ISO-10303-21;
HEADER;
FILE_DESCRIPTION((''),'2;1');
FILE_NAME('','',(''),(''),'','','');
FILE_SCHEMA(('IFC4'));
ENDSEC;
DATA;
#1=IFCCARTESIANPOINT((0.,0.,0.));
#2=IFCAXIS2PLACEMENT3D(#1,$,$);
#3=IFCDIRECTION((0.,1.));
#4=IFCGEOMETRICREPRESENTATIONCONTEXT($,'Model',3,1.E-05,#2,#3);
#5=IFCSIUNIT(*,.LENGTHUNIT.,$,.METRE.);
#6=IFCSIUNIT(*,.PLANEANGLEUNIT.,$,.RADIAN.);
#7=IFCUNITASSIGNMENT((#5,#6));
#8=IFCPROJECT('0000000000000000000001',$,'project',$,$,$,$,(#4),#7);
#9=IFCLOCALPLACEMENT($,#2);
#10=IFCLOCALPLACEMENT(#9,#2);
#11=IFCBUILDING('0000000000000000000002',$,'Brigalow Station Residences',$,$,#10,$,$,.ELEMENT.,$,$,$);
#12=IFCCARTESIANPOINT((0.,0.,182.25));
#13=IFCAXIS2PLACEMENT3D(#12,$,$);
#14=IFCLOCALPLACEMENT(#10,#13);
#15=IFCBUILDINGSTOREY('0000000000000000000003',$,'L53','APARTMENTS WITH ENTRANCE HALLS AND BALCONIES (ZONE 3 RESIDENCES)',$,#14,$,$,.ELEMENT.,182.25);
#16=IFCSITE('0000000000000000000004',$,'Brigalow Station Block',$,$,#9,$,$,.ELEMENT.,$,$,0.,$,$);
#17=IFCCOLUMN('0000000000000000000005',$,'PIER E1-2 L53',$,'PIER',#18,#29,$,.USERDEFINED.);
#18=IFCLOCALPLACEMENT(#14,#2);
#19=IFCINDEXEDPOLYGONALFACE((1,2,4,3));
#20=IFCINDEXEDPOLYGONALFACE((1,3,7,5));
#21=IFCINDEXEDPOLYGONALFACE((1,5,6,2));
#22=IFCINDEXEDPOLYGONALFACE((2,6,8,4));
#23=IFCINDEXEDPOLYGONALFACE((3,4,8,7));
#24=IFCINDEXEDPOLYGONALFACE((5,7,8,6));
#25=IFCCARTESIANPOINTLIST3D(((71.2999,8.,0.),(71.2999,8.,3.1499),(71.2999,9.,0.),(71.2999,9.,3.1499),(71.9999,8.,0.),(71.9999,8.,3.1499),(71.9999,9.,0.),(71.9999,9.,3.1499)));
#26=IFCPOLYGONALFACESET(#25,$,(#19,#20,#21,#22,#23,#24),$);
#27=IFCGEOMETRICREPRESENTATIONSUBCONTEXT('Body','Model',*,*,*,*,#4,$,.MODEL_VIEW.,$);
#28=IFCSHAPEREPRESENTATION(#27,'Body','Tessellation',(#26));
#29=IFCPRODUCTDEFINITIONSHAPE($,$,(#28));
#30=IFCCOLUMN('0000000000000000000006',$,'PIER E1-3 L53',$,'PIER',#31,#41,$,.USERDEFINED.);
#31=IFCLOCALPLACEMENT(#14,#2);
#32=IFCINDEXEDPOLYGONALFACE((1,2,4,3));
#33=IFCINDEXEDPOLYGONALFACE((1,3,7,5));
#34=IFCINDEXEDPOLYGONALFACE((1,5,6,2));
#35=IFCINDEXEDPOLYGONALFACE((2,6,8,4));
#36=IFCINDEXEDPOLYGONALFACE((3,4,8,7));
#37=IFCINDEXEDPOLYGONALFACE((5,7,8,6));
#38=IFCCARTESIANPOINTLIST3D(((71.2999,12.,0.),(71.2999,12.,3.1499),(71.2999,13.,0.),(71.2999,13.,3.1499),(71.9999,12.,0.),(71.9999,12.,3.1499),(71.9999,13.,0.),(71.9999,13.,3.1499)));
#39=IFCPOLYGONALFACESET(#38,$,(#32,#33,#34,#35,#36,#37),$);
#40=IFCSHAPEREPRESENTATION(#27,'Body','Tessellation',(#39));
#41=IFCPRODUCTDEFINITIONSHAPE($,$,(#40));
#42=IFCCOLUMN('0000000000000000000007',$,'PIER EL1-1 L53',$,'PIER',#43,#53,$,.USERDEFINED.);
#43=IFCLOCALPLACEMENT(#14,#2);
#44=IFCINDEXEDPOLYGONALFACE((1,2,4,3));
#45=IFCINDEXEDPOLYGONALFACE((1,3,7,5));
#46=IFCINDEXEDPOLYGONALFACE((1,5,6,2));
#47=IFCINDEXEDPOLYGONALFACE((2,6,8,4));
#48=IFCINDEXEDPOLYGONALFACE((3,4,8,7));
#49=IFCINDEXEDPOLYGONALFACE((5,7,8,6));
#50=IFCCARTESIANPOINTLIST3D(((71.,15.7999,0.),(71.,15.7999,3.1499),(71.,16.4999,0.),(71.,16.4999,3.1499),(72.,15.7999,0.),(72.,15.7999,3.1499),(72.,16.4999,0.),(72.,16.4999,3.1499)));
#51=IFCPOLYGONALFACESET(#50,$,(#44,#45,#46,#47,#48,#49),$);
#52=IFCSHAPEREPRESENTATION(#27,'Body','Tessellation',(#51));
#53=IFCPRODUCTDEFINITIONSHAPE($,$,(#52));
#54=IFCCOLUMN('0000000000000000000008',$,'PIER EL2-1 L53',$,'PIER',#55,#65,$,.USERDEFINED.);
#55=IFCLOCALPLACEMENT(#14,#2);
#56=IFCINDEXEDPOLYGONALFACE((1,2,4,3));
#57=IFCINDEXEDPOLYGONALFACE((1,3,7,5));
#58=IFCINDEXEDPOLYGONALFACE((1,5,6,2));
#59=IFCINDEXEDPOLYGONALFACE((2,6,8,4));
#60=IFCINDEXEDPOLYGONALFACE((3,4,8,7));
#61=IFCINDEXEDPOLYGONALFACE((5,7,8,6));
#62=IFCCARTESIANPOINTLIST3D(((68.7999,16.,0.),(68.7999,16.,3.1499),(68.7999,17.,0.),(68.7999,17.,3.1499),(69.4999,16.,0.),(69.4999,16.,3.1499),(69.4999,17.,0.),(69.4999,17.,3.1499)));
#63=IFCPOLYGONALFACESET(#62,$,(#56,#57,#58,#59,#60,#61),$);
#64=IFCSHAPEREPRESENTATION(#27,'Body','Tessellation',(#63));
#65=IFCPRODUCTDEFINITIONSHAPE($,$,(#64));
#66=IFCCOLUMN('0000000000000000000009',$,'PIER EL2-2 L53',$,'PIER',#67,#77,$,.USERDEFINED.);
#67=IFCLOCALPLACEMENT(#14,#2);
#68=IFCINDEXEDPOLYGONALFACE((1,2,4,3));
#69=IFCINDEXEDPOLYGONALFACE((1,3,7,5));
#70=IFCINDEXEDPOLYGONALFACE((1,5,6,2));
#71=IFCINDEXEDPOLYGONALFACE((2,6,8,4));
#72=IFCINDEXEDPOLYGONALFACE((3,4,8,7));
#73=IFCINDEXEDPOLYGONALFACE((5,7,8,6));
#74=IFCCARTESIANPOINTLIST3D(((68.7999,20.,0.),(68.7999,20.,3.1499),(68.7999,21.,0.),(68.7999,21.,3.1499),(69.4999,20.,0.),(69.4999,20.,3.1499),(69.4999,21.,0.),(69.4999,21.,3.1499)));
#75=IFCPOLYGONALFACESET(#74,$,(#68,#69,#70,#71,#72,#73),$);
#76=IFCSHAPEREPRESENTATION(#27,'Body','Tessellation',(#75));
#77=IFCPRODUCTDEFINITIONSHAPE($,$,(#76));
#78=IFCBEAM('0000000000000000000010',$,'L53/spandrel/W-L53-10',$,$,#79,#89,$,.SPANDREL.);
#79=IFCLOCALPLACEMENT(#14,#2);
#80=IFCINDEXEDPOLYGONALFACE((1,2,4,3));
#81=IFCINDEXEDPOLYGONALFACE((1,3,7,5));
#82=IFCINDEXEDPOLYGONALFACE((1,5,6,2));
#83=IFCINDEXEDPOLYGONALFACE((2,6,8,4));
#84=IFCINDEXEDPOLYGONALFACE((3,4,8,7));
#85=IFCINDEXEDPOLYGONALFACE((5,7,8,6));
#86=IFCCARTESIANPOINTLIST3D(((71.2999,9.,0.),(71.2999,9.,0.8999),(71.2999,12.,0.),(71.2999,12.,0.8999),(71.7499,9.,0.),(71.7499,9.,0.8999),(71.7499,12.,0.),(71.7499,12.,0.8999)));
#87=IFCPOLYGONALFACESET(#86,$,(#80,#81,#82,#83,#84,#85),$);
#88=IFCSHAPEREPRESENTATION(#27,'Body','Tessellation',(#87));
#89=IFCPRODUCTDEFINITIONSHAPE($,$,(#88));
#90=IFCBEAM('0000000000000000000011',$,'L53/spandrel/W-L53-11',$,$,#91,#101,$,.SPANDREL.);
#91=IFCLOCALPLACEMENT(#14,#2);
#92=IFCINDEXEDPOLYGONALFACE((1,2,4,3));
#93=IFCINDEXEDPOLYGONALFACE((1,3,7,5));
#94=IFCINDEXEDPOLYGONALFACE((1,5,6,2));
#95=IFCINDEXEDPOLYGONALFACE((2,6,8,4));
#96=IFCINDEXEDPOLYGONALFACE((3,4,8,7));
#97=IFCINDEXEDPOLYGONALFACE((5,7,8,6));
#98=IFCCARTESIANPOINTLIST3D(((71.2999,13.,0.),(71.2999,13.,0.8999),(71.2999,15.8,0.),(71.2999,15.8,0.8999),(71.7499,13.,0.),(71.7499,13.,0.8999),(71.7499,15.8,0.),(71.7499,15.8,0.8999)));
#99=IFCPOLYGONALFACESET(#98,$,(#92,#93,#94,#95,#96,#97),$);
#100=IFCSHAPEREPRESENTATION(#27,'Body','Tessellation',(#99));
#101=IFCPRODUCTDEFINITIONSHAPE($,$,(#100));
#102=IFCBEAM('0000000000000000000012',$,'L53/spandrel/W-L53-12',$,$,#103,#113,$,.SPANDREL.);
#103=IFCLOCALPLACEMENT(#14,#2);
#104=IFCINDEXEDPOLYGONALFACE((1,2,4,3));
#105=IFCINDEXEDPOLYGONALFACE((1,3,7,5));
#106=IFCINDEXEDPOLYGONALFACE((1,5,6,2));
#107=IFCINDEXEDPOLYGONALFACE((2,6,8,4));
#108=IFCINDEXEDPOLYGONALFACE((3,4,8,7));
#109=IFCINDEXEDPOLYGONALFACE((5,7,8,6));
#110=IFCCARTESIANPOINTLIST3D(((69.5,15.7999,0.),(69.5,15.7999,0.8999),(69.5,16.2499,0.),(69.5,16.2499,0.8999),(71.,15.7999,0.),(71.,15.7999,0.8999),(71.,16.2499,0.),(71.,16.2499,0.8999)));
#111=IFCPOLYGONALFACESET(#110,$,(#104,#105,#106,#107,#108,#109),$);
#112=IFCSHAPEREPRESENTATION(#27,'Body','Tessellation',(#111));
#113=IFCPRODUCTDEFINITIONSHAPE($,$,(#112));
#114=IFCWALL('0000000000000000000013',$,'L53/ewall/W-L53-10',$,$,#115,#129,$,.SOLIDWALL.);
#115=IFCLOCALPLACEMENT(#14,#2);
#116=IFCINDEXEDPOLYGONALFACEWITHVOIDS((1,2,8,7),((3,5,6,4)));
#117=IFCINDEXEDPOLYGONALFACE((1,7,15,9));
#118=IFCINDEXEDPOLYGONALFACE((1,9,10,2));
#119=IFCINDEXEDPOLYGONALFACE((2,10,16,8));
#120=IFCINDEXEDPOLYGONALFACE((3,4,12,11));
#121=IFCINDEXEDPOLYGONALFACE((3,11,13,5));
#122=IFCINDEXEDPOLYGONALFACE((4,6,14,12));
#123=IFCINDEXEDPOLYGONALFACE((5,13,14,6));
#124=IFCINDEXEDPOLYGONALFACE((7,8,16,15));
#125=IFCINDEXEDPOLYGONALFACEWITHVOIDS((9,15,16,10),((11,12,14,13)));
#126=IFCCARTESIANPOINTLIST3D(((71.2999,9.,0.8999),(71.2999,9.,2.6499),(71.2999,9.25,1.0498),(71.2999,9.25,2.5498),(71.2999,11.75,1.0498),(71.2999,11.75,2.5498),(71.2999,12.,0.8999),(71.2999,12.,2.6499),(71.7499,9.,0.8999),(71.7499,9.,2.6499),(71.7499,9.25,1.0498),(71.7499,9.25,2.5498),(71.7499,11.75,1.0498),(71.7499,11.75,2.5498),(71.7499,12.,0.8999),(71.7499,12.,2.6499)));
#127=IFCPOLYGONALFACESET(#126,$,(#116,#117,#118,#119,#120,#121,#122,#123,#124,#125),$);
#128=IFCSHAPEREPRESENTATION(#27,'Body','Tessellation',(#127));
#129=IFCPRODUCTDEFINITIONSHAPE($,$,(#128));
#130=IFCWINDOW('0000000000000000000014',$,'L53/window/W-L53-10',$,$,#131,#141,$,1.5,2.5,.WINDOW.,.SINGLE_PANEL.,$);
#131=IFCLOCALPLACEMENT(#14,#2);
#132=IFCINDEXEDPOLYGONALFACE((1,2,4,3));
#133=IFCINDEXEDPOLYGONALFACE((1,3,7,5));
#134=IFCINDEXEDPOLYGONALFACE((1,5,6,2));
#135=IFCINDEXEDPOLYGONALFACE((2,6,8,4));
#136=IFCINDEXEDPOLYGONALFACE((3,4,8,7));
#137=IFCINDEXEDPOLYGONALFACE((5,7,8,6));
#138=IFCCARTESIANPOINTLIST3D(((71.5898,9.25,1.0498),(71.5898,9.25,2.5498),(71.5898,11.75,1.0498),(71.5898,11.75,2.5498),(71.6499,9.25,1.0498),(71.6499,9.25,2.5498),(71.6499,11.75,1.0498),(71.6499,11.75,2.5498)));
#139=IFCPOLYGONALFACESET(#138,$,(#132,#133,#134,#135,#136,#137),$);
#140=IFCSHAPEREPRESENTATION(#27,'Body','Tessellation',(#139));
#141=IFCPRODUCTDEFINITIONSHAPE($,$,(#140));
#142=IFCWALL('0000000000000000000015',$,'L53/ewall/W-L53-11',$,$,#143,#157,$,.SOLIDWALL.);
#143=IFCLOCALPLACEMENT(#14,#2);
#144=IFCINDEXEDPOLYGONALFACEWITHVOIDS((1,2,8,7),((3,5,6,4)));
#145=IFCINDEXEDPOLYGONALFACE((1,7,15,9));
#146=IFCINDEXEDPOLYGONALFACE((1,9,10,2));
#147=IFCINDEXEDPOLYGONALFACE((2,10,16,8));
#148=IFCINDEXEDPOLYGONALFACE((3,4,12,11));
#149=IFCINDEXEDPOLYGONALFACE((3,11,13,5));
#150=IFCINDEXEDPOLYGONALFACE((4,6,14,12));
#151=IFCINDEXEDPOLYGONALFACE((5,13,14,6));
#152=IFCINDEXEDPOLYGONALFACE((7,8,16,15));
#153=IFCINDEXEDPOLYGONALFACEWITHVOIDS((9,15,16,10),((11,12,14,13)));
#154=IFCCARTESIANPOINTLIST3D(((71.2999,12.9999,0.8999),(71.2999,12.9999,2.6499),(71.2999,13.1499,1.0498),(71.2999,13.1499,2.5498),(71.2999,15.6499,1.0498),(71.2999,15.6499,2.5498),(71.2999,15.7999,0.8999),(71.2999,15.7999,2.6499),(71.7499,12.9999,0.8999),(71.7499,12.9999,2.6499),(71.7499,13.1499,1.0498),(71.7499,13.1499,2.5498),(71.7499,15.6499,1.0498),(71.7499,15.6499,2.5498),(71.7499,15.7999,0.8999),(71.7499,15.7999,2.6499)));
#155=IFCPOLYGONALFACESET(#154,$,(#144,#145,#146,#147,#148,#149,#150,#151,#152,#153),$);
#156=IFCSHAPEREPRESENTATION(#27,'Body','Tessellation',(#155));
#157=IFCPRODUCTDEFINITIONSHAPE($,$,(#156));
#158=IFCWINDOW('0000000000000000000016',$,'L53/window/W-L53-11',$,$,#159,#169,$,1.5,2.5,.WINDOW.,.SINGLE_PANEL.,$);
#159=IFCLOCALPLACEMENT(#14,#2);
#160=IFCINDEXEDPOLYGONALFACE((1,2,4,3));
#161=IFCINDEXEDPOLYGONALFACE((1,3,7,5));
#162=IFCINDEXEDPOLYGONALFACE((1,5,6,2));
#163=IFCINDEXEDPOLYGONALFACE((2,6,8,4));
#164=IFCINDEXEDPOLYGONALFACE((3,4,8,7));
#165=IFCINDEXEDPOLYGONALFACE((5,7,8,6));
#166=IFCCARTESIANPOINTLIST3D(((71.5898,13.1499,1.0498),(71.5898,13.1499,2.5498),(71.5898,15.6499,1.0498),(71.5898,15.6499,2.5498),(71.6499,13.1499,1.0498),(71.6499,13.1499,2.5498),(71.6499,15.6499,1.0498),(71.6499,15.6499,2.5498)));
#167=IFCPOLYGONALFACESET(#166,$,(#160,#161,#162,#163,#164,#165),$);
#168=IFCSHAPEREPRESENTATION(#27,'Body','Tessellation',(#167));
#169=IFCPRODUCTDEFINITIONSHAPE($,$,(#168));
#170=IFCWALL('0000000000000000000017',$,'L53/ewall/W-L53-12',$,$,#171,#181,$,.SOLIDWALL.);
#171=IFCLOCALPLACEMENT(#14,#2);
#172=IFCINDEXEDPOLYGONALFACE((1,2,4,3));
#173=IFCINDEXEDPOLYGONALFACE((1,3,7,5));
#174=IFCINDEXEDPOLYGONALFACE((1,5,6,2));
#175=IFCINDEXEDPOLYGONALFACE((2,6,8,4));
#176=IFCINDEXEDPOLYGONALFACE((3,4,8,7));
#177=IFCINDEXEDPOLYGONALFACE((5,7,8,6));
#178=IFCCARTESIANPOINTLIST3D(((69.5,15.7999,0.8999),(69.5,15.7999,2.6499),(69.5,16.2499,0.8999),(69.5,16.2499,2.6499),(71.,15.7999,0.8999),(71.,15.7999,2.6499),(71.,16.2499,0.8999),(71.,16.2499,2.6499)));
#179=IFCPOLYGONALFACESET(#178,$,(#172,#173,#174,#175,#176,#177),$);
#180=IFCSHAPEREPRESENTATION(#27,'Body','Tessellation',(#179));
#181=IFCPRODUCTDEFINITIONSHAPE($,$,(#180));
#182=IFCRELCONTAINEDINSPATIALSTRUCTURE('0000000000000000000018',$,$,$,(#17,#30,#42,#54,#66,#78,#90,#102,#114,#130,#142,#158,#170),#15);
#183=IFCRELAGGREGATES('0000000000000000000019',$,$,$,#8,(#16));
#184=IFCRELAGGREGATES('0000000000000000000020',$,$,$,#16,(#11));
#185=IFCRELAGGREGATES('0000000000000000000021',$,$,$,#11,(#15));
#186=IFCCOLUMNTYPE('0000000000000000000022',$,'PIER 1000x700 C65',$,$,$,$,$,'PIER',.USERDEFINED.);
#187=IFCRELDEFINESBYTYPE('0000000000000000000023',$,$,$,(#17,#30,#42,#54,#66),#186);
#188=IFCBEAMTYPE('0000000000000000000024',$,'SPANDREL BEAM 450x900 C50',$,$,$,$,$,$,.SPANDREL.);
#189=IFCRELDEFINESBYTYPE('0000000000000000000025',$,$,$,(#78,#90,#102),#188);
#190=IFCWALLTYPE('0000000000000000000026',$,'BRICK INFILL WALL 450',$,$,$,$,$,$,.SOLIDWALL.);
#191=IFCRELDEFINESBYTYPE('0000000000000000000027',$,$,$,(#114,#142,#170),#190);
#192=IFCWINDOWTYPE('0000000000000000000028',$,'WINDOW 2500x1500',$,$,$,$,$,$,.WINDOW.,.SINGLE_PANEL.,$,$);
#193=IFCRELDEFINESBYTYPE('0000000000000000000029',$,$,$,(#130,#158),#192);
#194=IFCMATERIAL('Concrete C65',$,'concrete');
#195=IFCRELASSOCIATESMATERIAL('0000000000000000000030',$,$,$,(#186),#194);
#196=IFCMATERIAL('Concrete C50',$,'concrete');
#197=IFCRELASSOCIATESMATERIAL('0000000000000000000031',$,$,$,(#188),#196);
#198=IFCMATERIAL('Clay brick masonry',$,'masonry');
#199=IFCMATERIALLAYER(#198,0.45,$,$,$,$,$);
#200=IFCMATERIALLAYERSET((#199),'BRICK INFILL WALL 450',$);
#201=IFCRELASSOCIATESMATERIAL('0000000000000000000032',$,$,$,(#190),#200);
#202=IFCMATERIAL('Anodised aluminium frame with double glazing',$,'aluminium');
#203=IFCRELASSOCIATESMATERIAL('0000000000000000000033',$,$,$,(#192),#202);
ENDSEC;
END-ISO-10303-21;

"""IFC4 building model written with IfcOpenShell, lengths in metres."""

from ifc_helpers import new_model, si_unit, direction, frame, frame_2d, origin, origin_2d, place, context, subcontext, project, spatial, rectangle, extrude, material, layer, layer_set, material_profile, profile_set, type_object, element, fill, save


model = new_model("IFC4")

# Units and contexts
model_context = context("Model", 3, precision=1e-05, world=origin(), true_north=direction((0.0, 1.0)))
body_context = subcontext(model_context, "Body", "Model", "MODEL_VIEW")
ifc_project = project(units=[si_unit("LENGTHUNIT", "METRE"), si_unit("PLANEANGLEUNIT", "RADIAN")], contexts=[model_context])

# Site, building, storey
site_placement = place(None, origin())
site = spatial("IfcSite", under=ifc_project, at=site_placement, Name="Brigalow Station Block", CompositionType="ELEMENT", RefElevation=0.0)
building_placement = place(site_placement, origin())
building = spatial("IfcBuilding", under=site, at=building_placement, Name="Brigalow Station Residences", CompositionType="ELEMENT")
storey_placement = place(building_placement, frame((0.0, 0.0, 182.25)))
storey = spatial("IfcBuildingStorey", under=building, at=storey_placement, Name="L53", Description="APARTMENTS WITH ENTRANCE HALLS AND BALCONIES (ZONE 3 RESIDENCES)", CompositionType="ELEMENT", Elevation=182.25)

# Columns
ifc_material_1 = material(Name="Concrete C65", Category="concrete")
ifc_material_profile_1 = material_profile(ifc_material_1, rectangle(XDim=1.0, YDim=0.7, at=origin_2d()), Name="RC1000x700")
ifc_profile_set_1 = profile_set([ifc_material_profile_1], Name="Concrete C65")
column_type = type_object("IfcColumnType", Name="PIER 1000x700 C65", ElementType="PIER", PredefinedType="USERDEFINED", material=ifc_profile_set_1)
for number, where, z_axis, x_axis, name in (
    (1, (71.6499, 8.5, 0.0), (0.0, 0.0, 1.0), (0.0, 1.0, 0.0), "PIER E1-2 L53"),
    (2, (71.6499, 12.5, 0.0), (0.0, 0.0, 1.0), (0.0, 1.0, 0.0), "PIER E1-3 L53"),
    (3, (71.5, 16.1499, 0.0), (0.0, 0.0, 1.0), (-1.0, 0.0, 0.0), "PIER EL1-1 L53"),
    (4, (69.1499, 16.5, 0.0), (0.0, 0.0, 1.0), (0.0, 1.0, 0.0), "PIER EL2-1 L53"),
    (5, (69.1499, 20.5, 0.0), (0.0, 0.0, 1.0), (0.0, 1.0, 0.0), "PIER EL2-2 L53"),
):
    element("IfcColumn", number, at=place(storey_placement, frame(where, z_axis=z_axis, x_axis=x_axis)), inside=storey, type_object=column_type, Name=name, ObjectType="PIER", PredefinedType="USERDEFINED", context=body_context, shape_type="SweptSolid", body=[
        extrude(rectangle(XDim=1.0, YDim=0.7, at=origin_2d()), origin(), (0.0, 0.0, 1.0), 3.1499),
    ])

# Beams
ifc_material_2 = material(Name="Concrete C50", Category="concrete")
ifc_material_profile_2 = material_profile(ifc_material_2, rectangle(XDim=0.45, YDim=0.8999, at=origin_2d()), Name="RC450x900")
ifc_profile_set_2 = profile_set([ifc_material_profile_2], Name="Concrete C50")
beam_type = type_object("IfcBeamType", Name="SPANDREL BEAM 450x900 C50", PredefinedType="SPANDREL", material=ifc_profile_set_2)
beam_1_placement = place(storey_placement, frame((71.5249, 9.0, 0.45), z_axis=(0.0, 1.0, 0.0), x_axis=(-1.0, 0.0, 0.0)))
element("IfcBeam", 6, at=beam_1_placement, inside=storey, type_object=beam_type, Name="L53/spandrel/W-L53-10", PredefinedType="SPANDREL", context=body_context, shape_type="SweptSolid", body=[
    extrude(rectangle(XDim=0.45, YDim=0.8999, at=origin_2d()), origin(), (0.0, 0.0, 1.0), 3.0),
])
beam_2_placement = place(storey_placement, frame((71.5249, 13.0, 0.45), z_axis=(0.0, 1.0, 0.0), x_axis=(-1.0, 0.0, 0.0)))
element("IfcBeam", 7, at=beam_2_placement, inside=storey, type_object=beam_type, Name="L53/spandrel/W-L53-11", PredefinedType="SPANDREL", context=body_context, shape_type="SweptSolid", body=[
    extrude(rectangle(XDim=0.45, YDim=0.8999, at=origin_2d()), origin(), (0.0, 0.0, 1.0), 2.8),
])
beam_3_placement = place(storey_placement, frame((71.0, 16.0249, 0.45), z_axis=(-1.0, 0.0, 0.0), x_axis=(0.0, -1.0, 0.0)))
element("IfcBeam", 8, at=beam_3_placement, inside=storey, type_object=beam_type, Name="L53/spandrel/W-L53-12", PredefinedType="SPANDREL", context=body_context, shape_type="SweptSolid", body=[
    extrude(rectangle(XDim=0.45, YDim=0.8999, at=origin_2d()), origin(), (0.0, 0.0, 1.0), 1.5),
])

# Walls, openings, windows
ifc_material_3 = material(Name="Clay brick masonry", Category="masonry")
ifc_layer = layer(ifc_material_3, 0.45)
ifc_layer_set = layer_set([ifc_layer], Name="BRICK INFILL WALL 450")
wall_type = type_object("IfcWallType", Name="BRICK INFILL WALL 450", PredefinedType="SOLIDWALL", material=ifc_layer_set)
wall_1_placement = place(storey_placement, frame((71.5249, 9.0, 0.8999), z_axis=(0.0, 0.0, 1.0), x_axis=(0.0, 1.0, 0.0)))
wall_1 = element("IfcWall", 9, at=wall_1_placement, inside=storey, type_object=wall_type, Name="L53/ewall/W-L53-10", PredefinedType="SOLIDWALL", context=body_context, shape_type="SweptSolid", body=[
    extrude(rectangle(XDim=3.0, YDim=0.45, at=frame_2d((1.5, 0.0))), origin(), (0.0, 0.0, 1.0), 1.75),
])
opening_1_placement = place(wall_1_placement, frame((0.25, 0.0, 0.1499)))
opening_1 = element("IfcOpeningElement", 10, at=opening_1_placement, cuts=wall_1, PredefinedType="OPENING", context=body_context, shape_type="SweptSolid", body=[
    extrude(rectangle(XDim=2.5, YDim=1.5, at=frame_2d((1.25, 0.75))), frame((0.0, 0.2349, 0.0), z_axis=(0.0, -1.0, 0.0), x_axis=(1.0, 0.0, 0.0)), (0.0, 0.0, 1.0), 0.47),
])
ifc_material_4 = material(Name="Anodised aluminium frame with double glazing", Category="aluminium")
window_type = type_object("IfcWindowType", Name="WINDOW 2500x1500", PartitioningType="SINGLE_PANEL", PredefinedType="WINDOW", material=ifc_material_4)
window_1_placement = place(opening_1_placement, origin())
window_1 = element("IfcWindow", 11, at=window_1_placement, inside=storey, type_object=window_type, Name="L53/window/W-L53-10", OverallHeight=1.5, OverallWidth=2.5, PartitioningType="SINGLE_PANEL", PredefinedType="WINDOW", context=body_context, shape_type="SweptSolid", body=[
    extrude(rectangle(XDim=2.5, YDim=1.5, at=frame_2d((1.25, 0.75))), frame((0.0, -0.0649, 0.0), z_axis=(0.0, -1.0, 0.0), x_axis=(1.0, 0.0, 0.0)), (0.0, 0.0, 1.0), 0.0601),
])
fill(opening_1, window_1)
wall_2_placement = place(storey_placement, frame((71.5249, 13.0, 0.8999), z_axis=(0.0, 0.0, 1.0), x_axis=(0.0, 1.0, 0.0)))
wall_2 = element("IfcWall", 12, at=wall_2_placement, inside=storey, type_object=wall_type, Name="L53/ewall/W-L53-11", PredefinedType="SOLIDWALL", context=body_context, shape_type="SweptSolid", body=[
    extrude(rectangle(XDim=2.8, YDim=0.45, at=frame_2d((1.3999, 0.0))), origin(), (0.0, 0.0, 1.0), 1.75),
])
opening_2_placement = place(wall_2_placement, frame((0.1499, 0.0, 0.1499)))
opening_2 = element("IfcOpeningElement", 13, at=opening_2_placement, cuts=wall_2, PredefinedType="OPENING", context=body_context, shape_type="SweptSolid", body=[
    extrude(rectangle(XDim=2.5, YDim=1.5, at=frame_2d((1.25, 0.75))), frame((0.0, 0.2349, 0.0), z_axis=(0.0, -1.0, 0.0), x_axis=(1.0, 0.0, 0.0)), (0.0, 0.0, 1.0), 0.47),
])
window_2_placement = place(opening_2_placement, origin())
window_2 = element("IfcWindow", 14, at=window_2_placement, inside=storey, type_object=window_type, Name="L53/window/W-L53-11", OverallHeight=1.5, OverallWidth=2.5, PartitioningType="SINGLE_PANEL", PredefinedType="WINDOW", context=body_context, shape_type="SweptSolid", body=[
    extrude(rectangle(XDim=2.5, YDim=1.5, at=frame_2d((1.25, 0.75))), frame((0.0, -0.0649, 0.0), z_axis=(0.0, -1.0, 0.0), x_axis=(1.0, 0.0, 0.0)), (0.0, 0.0, 1.0), 0.0601),
])
fill(opening_2, window_2)

# Wall
wall_3_placement = place(storey_placement, frame((71.0, 16.0249, 0.8999), z_axis=(0.0, 0.0, 1.0), x_axis=(-1.0, 0.0, 0.0)))
element("IfcWall", 15, at=wall_3_placement, inside=storey, type_object=wall_type, Name="L53/ewall/W-L53-12", PredefinedType="SOLIDWALL", context=body_context, shape_type="SweptSolid", body=[
    extrude(rectangle(XDim=1.5, YDim=0.45, at=frame_2d((0.75, 0.0))), origin(), (0.0, 0.0, 1.0), 1.75),
])

save(model, "model.ifc")
